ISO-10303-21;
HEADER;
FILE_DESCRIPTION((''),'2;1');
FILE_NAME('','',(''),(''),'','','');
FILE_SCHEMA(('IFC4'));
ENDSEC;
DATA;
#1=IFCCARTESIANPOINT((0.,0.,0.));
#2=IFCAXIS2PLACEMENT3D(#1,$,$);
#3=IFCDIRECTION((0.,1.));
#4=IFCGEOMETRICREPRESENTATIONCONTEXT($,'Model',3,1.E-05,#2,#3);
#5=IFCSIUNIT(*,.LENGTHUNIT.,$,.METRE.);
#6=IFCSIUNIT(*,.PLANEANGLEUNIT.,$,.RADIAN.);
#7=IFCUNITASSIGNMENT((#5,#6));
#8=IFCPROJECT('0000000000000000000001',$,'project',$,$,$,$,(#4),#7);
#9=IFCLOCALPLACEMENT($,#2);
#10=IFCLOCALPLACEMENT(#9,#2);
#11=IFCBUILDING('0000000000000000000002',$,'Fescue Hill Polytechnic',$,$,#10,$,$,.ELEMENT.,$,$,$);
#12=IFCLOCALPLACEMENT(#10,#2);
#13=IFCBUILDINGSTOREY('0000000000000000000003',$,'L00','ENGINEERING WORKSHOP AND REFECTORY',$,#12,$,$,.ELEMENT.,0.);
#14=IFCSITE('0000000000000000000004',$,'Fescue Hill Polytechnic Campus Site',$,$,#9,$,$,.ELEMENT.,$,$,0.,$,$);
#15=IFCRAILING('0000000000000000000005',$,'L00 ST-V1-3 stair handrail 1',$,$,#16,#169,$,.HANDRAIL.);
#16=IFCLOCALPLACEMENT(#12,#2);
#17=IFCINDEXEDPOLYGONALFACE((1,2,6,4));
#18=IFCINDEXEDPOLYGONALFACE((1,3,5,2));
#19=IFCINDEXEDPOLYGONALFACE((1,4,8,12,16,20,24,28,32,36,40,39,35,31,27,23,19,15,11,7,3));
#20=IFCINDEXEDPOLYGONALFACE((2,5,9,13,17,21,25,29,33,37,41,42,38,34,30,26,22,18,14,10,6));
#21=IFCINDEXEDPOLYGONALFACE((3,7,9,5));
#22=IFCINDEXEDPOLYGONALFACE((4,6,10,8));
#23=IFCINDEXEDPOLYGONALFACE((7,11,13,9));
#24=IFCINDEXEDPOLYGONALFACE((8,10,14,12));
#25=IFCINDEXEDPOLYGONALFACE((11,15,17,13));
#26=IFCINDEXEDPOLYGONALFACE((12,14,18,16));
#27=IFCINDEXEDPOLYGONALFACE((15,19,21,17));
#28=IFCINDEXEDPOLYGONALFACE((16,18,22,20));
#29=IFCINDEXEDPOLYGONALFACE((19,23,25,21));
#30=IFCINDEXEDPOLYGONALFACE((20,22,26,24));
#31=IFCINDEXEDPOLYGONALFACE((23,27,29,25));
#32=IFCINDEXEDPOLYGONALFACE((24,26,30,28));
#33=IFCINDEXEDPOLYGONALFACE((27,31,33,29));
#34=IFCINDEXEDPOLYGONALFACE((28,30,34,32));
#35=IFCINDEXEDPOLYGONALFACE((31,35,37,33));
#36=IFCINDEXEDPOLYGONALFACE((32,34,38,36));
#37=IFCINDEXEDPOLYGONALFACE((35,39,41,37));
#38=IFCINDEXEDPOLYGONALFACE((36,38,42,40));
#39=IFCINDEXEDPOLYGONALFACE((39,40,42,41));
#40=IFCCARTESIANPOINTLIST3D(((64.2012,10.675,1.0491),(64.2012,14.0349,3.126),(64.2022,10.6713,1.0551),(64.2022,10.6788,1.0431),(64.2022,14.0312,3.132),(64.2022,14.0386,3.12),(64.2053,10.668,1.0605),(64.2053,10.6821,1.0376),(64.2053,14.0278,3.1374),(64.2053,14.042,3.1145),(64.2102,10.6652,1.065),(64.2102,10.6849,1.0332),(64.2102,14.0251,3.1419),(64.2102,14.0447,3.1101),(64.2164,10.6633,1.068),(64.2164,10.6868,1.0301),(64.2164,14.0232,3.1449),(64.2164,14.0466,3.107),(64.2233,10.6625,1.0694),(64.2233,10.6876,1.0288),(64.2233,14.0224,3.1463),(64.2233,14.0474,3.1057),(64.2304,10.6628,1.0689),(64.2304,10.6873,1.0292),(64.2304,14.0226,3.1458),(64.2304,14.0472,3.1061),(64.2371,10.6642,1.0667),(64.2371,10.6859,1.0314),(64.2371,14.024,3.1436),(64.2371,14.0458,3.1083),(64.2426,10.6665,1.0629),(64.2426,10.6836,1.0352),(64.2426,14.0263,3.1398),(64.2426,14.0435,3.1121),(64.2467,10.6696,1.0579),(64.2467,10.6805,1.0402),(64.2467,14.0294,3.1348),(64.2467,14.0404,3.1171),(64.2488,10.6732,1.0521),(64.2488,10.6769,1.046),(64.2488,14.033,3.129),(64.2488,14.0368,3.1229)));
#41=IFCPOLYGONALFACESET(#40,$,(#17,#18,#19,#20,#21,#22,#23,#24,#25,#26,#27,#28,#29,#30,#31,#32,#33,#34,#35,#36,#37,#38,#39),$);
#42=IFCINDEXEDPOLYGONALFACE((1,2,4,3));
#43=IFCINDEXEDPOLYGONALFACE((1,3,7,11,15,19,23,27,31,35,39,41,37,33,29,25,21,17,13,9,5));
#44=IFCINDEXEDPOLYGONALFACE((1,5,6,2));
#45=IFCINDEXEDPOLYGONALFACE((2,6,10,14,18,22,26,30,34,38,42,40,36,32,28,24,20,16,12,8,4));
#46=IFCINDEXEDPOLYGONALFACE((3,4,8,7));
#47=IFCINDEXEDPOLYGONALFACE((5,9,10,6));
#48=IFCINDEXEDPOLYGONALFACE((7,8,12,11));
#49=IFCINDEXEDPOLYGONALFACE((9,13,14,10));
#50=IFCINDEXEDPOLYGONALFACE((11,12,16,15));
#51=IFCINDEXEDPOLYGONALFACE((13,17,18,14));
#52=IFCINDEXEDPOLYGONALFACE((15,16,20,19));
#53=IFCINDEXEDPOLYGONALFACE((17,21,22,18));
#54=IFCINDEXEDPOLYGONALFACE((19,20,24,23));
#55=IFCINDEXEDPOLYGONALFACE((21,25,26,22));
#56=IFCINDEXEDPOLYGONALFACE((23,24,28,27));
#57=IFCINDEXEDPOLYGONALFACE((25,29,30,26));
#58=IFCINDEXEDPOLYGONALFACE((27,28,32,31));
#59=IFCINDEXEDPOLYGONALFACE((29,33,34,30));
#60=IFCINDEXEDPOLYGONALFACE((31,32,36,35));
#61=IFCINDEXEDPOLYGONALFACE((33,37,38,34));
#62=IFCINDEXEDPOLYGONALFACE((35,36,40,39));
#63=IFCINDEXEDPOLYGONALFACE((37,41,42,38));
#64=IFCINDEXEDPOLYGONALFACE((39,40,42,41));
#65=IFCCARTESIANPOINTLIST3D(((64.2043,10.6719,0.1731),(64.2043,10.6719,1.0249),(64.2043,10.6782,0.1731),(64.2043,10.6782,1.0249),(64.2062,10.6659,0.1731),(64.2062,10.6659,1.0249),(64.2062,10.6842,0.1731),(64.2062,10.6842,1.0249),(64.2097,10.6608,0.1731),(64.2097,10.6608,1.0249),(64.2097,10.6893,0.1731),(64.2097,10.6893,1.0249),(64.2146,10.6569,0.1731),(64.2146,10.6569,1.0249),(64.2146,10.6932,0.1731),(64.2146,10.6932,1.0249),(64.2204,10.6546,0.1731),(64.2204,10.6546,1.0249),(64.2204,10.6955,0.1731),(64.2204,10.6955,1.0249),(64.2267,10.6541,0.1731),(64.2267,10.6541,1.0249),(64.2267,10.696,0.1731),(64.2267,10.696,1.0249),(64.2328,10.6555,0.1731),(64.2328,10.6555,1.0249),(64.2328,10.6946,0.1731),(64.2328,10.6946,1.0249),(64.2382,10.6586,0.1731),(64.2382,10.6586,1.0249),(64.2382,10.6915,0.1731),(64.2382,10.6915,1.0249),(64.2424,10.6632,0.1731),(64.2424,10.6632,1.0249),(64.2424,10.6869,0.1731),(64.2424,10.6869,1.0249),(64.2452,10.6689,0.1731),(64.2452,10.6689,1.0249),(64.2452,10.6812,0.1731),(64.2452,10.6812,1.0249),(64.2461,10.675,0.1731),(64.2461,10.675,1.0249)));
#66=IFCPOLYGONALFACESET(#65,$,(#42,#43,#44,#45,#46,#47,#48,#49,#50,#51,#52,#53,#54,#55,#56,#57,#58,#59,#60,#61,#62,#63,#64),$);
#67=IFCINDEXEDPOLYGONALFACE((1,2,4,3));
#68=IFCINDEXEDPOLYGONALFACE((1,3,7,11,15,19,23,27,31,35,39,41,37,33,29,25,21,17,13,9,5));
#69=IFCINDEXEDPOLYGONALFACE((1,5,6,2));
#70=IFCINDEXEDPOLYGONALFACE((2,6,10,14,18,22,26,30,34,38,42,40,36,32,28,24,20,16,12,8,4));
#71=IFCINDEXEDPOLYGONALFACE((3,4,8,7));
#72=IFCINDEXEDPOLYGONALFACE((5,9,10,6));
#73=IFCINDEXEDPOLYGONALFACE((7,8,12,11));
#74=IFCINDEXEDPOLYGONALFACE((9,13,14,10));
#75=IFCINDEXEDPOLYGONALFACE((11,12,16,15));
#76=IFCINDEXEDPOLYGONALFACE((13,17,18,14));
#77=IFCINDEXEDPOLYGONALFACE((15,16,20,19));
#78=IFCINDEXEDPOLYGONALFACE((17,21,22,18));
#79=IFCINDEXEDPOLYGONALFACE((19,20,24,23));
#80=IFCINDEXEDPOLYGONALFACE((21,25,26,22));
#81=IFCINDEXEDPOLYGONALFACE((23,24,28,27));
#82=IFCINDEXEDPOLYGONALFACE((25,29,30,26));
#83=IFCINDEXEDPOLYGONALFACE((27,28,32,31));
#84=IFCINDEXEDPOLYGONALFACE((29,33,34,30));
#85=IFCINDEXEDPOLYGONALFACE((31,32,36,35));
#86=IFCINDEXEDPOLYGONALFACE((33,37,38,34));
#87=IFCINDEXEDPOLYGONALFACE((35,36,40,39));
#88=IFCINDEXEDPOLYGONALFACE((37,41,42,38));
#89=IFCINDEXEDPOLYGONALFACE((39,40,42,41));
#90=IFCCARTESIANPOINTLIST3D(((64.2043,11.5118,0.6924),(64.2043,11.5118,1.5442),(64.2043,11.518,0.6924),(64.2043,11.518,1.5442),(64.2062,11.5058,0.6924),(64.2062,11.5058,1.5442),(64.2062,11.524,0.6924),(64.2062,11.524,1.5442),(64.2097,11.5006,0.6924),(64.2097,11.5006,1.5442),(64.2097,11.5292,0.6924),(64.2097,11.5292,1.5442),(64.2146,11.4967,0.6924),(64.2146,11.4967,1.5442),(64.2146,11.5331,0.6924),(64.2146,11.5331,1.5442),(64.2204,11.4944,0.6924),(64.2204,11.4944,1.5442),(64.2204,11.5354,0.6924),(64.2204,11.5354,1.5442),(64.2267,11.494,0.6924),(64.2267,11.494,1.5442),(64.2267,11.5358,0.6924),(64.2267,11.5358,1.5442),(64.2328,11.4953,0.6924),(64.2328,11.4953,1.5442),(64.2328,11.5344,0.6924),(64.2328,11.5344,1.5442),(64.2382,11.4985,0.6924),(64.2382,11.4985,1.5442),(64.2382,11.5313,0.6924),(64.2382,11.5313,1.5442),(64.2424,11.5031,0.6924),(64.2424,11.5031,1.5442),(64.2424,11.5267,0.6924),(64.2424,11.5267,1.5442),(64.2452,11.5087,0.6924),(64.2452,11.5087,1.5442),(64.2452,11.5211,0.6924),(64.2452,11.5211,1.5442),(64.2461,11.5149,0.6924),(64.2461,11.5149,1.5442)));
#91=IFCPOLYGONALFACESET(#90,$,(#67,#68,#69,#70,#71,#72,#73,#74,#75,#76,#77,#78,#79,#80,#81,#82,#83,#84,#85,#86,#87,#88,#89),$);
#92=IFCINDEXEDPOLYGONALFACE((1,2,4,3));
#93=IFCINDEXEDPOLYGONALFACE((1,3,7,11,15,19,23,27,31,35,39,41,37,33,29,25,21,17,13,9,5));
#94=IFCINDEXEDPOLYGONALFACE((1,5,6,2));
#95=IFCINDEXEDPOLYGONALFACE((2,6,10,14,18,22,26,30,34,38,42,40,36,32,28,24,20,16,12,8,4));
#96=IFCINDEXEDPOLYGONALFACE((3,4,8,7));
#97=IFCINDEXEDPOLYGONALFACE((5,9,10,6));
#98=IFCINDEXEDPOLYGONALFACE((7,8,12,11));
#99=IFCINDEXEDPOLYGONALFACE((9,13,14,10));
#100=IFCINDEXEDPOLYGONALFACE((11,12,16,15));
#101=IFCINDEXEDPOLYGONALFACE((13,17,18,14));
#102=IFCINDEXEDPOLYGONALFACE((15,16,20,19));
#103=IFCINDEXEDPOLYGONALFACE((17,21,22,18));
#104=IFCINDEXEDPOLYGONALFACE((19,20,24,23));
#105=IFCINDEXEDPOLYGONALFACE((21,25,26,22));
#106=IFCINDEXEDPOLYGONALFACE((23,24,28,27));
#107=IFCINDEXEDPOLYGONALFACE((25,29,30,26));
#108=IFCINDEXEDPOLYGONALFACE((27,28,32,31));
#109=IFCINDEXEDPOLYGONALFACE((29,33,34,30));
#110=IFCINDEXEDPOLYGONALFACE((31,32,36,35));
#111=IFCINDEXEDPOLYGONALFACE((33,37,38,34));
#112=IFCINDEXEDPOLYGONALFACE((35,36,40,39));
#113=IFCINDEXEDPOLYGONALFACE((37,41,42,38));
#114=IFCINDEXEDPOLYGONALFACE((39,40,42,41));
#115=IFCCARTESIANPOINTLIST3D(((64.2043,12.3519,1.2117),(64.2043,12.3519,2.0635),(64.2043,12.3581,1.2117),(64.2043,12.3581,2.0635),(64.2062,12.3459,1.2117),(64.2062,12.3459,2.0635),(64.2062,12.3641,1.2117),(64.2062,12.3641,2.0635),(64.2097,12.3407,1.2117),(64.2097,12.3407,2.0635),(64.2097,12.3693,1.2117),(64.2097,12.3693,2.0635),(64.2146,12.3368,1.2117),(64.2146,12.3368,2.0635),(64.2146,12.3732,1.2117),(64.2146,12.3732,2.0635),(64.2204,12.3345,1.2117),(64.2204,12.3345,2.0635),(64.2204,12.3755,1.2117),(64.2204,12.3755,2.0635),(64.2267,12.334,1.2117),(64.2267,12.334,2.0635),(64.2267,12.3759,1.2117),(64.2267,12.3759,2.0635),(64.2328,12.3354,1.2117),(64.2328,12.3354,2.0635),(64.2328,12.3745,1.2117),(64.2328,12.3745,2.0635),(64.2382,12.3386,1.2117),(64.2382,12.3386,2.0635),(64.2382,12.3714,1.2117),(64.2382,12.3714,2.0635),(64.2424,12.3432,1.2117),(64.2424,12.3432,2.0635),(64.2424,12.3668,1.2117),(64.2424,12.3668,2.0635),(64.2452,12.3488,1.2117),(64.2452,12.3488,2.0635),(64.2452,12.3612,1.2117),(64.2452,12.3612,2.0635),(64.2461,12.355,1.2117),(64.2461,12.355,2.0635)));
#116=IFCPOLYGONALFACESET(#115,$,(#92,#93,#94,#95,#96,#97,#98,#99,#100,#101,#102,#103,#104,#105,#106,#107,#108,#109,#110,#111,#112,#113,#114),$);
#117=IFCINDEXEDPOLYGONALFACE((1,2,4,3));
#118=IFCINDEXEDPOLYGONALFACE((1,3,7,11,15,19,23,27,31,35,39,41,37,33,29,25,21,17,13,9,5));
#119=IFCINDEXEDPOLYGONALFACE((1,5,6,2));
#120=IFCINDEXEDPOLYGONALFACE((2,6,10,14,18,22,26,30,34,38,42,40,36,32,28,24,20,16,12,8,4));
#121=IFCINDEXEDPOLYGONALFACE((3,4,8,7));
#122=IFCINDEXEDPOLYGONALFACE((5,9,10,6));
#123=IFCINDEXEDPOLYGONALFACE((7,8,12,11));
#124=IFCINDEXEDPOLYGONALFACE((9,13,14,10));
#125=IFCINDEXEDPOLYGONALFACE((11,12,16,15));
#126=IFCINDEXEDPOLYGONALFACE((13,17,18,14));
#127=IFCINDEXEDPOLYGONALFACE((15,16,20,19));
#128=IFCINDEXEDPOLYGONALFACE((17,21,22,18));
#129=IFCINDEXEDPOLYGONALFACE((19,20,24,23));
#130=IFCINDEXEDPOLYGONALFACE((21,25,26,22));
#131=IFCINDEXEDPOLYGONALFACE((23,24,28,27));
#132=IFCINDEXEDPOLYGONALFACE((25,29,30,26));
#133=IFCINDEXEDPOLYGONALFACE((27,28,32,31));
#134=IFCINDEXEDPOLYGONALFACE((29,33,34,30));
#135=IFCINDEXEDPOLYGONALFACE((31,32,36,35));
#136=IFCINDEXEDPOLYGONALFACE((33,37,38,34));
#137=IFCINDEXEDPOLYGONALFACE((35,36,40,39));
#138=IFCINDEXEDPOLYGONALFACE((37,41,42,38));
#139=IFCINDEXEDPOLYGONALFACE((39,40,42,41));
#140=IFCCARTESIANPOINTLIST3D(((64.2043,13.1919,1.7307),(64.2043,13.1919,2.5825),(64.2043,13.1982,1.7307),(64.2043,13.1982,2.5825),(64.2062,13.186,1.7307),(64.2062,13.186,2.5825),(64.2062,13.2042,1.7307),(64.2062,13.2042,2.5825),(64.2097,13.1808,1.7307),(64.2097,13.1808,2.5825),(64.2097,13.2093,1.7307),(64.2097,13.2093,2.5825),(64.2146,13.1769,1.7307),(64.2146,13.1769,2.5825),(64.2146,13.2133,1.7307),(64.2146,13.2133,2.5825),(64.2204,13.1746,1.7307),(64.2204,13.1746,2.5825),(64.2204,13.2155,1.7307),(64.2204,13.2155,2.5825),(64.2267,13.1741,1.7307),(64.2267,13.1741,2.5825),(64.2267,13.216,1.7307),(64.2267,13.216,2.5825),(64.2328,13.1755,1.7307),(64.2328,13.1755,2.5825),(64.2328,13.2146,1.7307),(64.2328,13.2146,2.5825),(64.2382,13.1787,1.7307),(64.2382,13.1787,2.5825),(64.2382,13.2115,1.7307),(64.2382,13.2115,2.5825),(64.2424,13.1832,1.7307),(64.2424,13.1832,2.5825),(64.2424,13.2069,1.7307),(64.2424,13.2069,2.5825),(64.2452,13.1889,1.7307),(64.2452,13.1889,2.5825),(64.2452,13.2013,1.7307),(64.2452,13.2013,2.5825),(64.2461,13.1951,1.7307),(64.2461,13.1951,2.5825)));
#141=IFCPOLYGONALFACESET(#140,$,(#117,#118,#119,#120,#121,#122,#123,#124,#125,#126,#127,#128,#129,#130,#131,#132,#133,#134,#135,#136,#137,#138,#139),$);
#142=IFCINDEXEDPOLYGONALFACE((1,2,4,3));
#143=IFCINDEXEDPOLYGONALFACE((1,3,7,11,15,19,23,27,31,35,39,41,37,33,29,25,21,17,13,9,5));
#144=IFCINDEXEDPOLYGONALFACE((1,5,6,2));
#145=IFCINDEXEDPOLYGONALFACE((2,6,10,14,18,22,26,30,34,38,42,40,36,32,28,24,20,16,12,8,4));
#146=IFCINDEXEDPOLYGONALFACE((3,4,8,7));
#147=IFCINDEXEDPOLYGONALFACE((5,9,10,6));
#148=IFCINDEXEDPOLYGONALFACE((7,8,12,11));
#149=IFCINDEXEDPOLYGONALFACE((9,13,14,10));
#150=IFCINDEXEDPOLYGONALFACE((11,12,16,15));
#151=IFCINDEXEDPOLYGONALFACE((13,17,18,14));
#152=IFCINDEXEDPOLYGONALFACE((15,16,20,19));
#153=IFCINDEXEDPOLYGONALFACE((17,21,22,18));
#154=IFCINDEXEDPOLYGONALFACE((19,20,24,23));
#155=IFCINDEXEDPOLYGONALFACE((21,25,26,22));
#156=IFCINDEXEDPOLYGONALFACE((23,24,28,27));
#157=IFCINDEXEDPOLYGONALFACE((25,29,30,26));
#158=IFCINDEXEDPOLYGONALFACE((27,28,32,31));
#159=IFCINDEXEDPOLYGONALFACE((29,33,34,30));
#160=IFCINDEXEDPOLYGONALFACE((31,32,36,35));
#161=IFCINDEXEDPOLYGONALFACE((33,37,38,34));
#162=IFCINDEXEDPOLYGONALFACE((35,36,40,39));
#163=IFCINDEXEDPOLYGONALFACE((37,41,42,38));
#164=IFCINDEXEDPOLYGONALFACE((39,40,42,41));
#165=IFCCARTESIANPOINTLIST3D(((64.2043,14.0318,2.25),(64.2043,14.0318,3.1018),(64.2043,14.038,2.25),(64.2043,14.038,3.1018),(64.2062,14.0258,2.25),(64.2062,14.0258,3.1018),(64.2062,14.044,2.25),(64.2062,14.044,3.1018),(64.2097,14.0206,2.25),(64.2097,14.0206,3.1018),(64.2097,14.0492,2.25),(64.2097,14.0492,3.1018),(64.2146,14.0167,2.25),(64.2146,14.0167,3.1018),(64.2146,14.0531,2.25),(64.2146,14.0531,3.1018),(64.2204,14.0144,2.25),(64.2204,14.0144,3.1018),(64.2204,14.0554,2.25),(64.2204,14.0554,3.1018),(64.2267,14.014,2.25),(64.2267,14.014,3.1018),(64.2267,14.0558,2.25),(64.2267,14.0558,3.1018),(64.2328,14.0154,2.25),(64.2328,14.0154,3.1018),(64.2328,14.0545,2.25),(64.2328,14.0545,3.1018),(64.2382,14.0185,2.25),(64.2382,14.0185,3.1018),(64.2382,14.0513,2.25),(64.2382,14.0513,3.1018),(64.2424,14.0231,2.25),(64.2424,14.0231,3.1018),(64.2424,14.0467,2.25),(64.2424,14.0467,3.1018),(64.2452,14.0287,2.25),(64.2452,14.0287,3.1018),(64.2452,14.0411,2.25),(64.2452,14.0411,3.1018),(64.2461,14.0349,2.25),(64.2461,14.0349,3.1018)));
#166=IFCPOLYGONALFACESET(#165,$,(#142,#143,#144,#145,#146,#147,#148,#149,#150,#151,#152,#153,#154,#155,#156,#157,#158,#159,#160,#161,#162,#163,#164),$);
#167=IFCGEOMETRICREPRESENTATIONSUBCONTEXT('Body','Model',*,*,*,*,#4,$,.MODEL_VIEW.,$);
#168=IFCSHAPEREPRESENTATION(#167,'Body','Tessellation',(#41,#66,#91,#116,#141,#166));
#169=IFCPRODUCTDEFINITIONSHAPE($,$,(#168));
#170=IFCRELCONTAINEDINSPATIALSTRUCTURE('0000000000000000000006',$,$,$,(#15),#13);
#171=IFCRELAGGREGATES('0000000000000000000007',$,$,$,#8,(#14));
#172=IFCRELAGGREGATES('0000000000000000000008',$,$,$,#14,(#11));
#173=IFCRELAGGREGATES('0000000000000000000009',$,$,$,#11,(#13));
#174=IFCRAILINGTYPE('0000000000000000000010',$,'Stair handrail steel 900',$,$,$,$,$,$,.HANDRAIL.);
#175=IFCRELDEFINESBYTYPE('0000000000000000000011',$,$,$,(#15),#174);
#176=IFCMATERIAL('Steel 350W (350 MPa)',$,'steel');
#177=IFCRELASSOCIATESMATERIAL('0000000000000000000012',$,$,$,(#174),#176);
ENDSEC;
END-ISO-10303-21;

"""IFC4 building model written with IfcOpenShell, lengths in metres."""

from ifc_helpers import new_model, si_unit, direction, frame, origin, origin_2d, place, context, subcontext, project, spatial, circle, extrude, material, type_object, element, save


model = new_model("IFC4")

# Units and contexts
model_context = context("Model", 3, precision=1e-05, world=origin(), true_north=direction((0.0, 1.0)))
body_context = subcontext(model_context, "Body", "Model", "MODEL_VIEW")
ifc_project = project(units=[si_unit("LENGTHUNIT", "METRE"), si_unit("PLANEANGLEUNIT", "RADIAN")], contexts=[model_context])

# Site, building, storey
site_placement = place(None, origin())
site = spatial("IfcSite", under=ifc_project, at=site_placement, Name="Fescue Hill Polytechnic Campus Site", CompositionType="ELEMENT", RefElevation=0.0)
building_placement = place(site_placement, origin())
building = spatial("IfcBuilding", under=site, at=building_placement, Name="Fescue Hill Polytechnic", CompositionType="ELEMENT")
storey_placement = place(building_placement, origin())
storey = spatial("IfcBuildingStorey", under=building, at=storey_placement, Name="L00", Description="ENGINEERING WORKSHOP AND REFECTORY", CompositionType="ELEMENT", Elevation=0.0)

# Railing
ifc_material_1 = material(Name="Steel 350W (350 MPa)", Category="steel")
railing_type_1 = type_object("IfcRailingType", Name="Stair handrail steel 900", PredefinedType="HANDRAIL", material=ifc_material_1)
railing_1_placement = place(storey_placement, frame((64.2251, 10.675, 0.1731)))
element("IfcRailing", 1, at=railing_1_placement, inside=storey, type_object=railing_type_1, Name="L00 ST-V1-3 stair handrail 1", PredefinedType="HANDRAIL", context=body_context, shape_type="SweptSolid", body=[
    extrude(circle(Radius=0.0239, at=origin_2d()), frame((0.0, 0.0, 0.876), z_axis=(0.0, 0.850606, 0.525803), x_axis=(-1.0, 0.0, 0.0)), (0.0, 0.0, 1.0), 3.95),
    extrude(circle(Radius=0.021, at=origin_2d()), origin(), (0.0, 0.0, 1.0), 0.8518),
    extrude(circle(Radius=0.021, at=origin_2d()), frame((0.0, 0.8398, 0.5193)), (0.0, 0.0, 1.0), 0.8518),
    extrude(circle(Radius=0.021, at=origin_2d()), frame((0.0, 1.6799, 1.0386)), (0.0, 0.0, 1.0), 0.8518),
    extrude(circle(Radius=0.021, at=origin_2d()), frame((0.0, 2.52, 1.5576)), (0.0, 0.0, 1.0), 0.8518),
    extrude(circle(Radius=0.021, at=origin_2d()), frame((0.0, 3.3599, 2.0769)), (0.0, 0.0, 1.0), 0.8518),
])

save(model, "model.ifc")
